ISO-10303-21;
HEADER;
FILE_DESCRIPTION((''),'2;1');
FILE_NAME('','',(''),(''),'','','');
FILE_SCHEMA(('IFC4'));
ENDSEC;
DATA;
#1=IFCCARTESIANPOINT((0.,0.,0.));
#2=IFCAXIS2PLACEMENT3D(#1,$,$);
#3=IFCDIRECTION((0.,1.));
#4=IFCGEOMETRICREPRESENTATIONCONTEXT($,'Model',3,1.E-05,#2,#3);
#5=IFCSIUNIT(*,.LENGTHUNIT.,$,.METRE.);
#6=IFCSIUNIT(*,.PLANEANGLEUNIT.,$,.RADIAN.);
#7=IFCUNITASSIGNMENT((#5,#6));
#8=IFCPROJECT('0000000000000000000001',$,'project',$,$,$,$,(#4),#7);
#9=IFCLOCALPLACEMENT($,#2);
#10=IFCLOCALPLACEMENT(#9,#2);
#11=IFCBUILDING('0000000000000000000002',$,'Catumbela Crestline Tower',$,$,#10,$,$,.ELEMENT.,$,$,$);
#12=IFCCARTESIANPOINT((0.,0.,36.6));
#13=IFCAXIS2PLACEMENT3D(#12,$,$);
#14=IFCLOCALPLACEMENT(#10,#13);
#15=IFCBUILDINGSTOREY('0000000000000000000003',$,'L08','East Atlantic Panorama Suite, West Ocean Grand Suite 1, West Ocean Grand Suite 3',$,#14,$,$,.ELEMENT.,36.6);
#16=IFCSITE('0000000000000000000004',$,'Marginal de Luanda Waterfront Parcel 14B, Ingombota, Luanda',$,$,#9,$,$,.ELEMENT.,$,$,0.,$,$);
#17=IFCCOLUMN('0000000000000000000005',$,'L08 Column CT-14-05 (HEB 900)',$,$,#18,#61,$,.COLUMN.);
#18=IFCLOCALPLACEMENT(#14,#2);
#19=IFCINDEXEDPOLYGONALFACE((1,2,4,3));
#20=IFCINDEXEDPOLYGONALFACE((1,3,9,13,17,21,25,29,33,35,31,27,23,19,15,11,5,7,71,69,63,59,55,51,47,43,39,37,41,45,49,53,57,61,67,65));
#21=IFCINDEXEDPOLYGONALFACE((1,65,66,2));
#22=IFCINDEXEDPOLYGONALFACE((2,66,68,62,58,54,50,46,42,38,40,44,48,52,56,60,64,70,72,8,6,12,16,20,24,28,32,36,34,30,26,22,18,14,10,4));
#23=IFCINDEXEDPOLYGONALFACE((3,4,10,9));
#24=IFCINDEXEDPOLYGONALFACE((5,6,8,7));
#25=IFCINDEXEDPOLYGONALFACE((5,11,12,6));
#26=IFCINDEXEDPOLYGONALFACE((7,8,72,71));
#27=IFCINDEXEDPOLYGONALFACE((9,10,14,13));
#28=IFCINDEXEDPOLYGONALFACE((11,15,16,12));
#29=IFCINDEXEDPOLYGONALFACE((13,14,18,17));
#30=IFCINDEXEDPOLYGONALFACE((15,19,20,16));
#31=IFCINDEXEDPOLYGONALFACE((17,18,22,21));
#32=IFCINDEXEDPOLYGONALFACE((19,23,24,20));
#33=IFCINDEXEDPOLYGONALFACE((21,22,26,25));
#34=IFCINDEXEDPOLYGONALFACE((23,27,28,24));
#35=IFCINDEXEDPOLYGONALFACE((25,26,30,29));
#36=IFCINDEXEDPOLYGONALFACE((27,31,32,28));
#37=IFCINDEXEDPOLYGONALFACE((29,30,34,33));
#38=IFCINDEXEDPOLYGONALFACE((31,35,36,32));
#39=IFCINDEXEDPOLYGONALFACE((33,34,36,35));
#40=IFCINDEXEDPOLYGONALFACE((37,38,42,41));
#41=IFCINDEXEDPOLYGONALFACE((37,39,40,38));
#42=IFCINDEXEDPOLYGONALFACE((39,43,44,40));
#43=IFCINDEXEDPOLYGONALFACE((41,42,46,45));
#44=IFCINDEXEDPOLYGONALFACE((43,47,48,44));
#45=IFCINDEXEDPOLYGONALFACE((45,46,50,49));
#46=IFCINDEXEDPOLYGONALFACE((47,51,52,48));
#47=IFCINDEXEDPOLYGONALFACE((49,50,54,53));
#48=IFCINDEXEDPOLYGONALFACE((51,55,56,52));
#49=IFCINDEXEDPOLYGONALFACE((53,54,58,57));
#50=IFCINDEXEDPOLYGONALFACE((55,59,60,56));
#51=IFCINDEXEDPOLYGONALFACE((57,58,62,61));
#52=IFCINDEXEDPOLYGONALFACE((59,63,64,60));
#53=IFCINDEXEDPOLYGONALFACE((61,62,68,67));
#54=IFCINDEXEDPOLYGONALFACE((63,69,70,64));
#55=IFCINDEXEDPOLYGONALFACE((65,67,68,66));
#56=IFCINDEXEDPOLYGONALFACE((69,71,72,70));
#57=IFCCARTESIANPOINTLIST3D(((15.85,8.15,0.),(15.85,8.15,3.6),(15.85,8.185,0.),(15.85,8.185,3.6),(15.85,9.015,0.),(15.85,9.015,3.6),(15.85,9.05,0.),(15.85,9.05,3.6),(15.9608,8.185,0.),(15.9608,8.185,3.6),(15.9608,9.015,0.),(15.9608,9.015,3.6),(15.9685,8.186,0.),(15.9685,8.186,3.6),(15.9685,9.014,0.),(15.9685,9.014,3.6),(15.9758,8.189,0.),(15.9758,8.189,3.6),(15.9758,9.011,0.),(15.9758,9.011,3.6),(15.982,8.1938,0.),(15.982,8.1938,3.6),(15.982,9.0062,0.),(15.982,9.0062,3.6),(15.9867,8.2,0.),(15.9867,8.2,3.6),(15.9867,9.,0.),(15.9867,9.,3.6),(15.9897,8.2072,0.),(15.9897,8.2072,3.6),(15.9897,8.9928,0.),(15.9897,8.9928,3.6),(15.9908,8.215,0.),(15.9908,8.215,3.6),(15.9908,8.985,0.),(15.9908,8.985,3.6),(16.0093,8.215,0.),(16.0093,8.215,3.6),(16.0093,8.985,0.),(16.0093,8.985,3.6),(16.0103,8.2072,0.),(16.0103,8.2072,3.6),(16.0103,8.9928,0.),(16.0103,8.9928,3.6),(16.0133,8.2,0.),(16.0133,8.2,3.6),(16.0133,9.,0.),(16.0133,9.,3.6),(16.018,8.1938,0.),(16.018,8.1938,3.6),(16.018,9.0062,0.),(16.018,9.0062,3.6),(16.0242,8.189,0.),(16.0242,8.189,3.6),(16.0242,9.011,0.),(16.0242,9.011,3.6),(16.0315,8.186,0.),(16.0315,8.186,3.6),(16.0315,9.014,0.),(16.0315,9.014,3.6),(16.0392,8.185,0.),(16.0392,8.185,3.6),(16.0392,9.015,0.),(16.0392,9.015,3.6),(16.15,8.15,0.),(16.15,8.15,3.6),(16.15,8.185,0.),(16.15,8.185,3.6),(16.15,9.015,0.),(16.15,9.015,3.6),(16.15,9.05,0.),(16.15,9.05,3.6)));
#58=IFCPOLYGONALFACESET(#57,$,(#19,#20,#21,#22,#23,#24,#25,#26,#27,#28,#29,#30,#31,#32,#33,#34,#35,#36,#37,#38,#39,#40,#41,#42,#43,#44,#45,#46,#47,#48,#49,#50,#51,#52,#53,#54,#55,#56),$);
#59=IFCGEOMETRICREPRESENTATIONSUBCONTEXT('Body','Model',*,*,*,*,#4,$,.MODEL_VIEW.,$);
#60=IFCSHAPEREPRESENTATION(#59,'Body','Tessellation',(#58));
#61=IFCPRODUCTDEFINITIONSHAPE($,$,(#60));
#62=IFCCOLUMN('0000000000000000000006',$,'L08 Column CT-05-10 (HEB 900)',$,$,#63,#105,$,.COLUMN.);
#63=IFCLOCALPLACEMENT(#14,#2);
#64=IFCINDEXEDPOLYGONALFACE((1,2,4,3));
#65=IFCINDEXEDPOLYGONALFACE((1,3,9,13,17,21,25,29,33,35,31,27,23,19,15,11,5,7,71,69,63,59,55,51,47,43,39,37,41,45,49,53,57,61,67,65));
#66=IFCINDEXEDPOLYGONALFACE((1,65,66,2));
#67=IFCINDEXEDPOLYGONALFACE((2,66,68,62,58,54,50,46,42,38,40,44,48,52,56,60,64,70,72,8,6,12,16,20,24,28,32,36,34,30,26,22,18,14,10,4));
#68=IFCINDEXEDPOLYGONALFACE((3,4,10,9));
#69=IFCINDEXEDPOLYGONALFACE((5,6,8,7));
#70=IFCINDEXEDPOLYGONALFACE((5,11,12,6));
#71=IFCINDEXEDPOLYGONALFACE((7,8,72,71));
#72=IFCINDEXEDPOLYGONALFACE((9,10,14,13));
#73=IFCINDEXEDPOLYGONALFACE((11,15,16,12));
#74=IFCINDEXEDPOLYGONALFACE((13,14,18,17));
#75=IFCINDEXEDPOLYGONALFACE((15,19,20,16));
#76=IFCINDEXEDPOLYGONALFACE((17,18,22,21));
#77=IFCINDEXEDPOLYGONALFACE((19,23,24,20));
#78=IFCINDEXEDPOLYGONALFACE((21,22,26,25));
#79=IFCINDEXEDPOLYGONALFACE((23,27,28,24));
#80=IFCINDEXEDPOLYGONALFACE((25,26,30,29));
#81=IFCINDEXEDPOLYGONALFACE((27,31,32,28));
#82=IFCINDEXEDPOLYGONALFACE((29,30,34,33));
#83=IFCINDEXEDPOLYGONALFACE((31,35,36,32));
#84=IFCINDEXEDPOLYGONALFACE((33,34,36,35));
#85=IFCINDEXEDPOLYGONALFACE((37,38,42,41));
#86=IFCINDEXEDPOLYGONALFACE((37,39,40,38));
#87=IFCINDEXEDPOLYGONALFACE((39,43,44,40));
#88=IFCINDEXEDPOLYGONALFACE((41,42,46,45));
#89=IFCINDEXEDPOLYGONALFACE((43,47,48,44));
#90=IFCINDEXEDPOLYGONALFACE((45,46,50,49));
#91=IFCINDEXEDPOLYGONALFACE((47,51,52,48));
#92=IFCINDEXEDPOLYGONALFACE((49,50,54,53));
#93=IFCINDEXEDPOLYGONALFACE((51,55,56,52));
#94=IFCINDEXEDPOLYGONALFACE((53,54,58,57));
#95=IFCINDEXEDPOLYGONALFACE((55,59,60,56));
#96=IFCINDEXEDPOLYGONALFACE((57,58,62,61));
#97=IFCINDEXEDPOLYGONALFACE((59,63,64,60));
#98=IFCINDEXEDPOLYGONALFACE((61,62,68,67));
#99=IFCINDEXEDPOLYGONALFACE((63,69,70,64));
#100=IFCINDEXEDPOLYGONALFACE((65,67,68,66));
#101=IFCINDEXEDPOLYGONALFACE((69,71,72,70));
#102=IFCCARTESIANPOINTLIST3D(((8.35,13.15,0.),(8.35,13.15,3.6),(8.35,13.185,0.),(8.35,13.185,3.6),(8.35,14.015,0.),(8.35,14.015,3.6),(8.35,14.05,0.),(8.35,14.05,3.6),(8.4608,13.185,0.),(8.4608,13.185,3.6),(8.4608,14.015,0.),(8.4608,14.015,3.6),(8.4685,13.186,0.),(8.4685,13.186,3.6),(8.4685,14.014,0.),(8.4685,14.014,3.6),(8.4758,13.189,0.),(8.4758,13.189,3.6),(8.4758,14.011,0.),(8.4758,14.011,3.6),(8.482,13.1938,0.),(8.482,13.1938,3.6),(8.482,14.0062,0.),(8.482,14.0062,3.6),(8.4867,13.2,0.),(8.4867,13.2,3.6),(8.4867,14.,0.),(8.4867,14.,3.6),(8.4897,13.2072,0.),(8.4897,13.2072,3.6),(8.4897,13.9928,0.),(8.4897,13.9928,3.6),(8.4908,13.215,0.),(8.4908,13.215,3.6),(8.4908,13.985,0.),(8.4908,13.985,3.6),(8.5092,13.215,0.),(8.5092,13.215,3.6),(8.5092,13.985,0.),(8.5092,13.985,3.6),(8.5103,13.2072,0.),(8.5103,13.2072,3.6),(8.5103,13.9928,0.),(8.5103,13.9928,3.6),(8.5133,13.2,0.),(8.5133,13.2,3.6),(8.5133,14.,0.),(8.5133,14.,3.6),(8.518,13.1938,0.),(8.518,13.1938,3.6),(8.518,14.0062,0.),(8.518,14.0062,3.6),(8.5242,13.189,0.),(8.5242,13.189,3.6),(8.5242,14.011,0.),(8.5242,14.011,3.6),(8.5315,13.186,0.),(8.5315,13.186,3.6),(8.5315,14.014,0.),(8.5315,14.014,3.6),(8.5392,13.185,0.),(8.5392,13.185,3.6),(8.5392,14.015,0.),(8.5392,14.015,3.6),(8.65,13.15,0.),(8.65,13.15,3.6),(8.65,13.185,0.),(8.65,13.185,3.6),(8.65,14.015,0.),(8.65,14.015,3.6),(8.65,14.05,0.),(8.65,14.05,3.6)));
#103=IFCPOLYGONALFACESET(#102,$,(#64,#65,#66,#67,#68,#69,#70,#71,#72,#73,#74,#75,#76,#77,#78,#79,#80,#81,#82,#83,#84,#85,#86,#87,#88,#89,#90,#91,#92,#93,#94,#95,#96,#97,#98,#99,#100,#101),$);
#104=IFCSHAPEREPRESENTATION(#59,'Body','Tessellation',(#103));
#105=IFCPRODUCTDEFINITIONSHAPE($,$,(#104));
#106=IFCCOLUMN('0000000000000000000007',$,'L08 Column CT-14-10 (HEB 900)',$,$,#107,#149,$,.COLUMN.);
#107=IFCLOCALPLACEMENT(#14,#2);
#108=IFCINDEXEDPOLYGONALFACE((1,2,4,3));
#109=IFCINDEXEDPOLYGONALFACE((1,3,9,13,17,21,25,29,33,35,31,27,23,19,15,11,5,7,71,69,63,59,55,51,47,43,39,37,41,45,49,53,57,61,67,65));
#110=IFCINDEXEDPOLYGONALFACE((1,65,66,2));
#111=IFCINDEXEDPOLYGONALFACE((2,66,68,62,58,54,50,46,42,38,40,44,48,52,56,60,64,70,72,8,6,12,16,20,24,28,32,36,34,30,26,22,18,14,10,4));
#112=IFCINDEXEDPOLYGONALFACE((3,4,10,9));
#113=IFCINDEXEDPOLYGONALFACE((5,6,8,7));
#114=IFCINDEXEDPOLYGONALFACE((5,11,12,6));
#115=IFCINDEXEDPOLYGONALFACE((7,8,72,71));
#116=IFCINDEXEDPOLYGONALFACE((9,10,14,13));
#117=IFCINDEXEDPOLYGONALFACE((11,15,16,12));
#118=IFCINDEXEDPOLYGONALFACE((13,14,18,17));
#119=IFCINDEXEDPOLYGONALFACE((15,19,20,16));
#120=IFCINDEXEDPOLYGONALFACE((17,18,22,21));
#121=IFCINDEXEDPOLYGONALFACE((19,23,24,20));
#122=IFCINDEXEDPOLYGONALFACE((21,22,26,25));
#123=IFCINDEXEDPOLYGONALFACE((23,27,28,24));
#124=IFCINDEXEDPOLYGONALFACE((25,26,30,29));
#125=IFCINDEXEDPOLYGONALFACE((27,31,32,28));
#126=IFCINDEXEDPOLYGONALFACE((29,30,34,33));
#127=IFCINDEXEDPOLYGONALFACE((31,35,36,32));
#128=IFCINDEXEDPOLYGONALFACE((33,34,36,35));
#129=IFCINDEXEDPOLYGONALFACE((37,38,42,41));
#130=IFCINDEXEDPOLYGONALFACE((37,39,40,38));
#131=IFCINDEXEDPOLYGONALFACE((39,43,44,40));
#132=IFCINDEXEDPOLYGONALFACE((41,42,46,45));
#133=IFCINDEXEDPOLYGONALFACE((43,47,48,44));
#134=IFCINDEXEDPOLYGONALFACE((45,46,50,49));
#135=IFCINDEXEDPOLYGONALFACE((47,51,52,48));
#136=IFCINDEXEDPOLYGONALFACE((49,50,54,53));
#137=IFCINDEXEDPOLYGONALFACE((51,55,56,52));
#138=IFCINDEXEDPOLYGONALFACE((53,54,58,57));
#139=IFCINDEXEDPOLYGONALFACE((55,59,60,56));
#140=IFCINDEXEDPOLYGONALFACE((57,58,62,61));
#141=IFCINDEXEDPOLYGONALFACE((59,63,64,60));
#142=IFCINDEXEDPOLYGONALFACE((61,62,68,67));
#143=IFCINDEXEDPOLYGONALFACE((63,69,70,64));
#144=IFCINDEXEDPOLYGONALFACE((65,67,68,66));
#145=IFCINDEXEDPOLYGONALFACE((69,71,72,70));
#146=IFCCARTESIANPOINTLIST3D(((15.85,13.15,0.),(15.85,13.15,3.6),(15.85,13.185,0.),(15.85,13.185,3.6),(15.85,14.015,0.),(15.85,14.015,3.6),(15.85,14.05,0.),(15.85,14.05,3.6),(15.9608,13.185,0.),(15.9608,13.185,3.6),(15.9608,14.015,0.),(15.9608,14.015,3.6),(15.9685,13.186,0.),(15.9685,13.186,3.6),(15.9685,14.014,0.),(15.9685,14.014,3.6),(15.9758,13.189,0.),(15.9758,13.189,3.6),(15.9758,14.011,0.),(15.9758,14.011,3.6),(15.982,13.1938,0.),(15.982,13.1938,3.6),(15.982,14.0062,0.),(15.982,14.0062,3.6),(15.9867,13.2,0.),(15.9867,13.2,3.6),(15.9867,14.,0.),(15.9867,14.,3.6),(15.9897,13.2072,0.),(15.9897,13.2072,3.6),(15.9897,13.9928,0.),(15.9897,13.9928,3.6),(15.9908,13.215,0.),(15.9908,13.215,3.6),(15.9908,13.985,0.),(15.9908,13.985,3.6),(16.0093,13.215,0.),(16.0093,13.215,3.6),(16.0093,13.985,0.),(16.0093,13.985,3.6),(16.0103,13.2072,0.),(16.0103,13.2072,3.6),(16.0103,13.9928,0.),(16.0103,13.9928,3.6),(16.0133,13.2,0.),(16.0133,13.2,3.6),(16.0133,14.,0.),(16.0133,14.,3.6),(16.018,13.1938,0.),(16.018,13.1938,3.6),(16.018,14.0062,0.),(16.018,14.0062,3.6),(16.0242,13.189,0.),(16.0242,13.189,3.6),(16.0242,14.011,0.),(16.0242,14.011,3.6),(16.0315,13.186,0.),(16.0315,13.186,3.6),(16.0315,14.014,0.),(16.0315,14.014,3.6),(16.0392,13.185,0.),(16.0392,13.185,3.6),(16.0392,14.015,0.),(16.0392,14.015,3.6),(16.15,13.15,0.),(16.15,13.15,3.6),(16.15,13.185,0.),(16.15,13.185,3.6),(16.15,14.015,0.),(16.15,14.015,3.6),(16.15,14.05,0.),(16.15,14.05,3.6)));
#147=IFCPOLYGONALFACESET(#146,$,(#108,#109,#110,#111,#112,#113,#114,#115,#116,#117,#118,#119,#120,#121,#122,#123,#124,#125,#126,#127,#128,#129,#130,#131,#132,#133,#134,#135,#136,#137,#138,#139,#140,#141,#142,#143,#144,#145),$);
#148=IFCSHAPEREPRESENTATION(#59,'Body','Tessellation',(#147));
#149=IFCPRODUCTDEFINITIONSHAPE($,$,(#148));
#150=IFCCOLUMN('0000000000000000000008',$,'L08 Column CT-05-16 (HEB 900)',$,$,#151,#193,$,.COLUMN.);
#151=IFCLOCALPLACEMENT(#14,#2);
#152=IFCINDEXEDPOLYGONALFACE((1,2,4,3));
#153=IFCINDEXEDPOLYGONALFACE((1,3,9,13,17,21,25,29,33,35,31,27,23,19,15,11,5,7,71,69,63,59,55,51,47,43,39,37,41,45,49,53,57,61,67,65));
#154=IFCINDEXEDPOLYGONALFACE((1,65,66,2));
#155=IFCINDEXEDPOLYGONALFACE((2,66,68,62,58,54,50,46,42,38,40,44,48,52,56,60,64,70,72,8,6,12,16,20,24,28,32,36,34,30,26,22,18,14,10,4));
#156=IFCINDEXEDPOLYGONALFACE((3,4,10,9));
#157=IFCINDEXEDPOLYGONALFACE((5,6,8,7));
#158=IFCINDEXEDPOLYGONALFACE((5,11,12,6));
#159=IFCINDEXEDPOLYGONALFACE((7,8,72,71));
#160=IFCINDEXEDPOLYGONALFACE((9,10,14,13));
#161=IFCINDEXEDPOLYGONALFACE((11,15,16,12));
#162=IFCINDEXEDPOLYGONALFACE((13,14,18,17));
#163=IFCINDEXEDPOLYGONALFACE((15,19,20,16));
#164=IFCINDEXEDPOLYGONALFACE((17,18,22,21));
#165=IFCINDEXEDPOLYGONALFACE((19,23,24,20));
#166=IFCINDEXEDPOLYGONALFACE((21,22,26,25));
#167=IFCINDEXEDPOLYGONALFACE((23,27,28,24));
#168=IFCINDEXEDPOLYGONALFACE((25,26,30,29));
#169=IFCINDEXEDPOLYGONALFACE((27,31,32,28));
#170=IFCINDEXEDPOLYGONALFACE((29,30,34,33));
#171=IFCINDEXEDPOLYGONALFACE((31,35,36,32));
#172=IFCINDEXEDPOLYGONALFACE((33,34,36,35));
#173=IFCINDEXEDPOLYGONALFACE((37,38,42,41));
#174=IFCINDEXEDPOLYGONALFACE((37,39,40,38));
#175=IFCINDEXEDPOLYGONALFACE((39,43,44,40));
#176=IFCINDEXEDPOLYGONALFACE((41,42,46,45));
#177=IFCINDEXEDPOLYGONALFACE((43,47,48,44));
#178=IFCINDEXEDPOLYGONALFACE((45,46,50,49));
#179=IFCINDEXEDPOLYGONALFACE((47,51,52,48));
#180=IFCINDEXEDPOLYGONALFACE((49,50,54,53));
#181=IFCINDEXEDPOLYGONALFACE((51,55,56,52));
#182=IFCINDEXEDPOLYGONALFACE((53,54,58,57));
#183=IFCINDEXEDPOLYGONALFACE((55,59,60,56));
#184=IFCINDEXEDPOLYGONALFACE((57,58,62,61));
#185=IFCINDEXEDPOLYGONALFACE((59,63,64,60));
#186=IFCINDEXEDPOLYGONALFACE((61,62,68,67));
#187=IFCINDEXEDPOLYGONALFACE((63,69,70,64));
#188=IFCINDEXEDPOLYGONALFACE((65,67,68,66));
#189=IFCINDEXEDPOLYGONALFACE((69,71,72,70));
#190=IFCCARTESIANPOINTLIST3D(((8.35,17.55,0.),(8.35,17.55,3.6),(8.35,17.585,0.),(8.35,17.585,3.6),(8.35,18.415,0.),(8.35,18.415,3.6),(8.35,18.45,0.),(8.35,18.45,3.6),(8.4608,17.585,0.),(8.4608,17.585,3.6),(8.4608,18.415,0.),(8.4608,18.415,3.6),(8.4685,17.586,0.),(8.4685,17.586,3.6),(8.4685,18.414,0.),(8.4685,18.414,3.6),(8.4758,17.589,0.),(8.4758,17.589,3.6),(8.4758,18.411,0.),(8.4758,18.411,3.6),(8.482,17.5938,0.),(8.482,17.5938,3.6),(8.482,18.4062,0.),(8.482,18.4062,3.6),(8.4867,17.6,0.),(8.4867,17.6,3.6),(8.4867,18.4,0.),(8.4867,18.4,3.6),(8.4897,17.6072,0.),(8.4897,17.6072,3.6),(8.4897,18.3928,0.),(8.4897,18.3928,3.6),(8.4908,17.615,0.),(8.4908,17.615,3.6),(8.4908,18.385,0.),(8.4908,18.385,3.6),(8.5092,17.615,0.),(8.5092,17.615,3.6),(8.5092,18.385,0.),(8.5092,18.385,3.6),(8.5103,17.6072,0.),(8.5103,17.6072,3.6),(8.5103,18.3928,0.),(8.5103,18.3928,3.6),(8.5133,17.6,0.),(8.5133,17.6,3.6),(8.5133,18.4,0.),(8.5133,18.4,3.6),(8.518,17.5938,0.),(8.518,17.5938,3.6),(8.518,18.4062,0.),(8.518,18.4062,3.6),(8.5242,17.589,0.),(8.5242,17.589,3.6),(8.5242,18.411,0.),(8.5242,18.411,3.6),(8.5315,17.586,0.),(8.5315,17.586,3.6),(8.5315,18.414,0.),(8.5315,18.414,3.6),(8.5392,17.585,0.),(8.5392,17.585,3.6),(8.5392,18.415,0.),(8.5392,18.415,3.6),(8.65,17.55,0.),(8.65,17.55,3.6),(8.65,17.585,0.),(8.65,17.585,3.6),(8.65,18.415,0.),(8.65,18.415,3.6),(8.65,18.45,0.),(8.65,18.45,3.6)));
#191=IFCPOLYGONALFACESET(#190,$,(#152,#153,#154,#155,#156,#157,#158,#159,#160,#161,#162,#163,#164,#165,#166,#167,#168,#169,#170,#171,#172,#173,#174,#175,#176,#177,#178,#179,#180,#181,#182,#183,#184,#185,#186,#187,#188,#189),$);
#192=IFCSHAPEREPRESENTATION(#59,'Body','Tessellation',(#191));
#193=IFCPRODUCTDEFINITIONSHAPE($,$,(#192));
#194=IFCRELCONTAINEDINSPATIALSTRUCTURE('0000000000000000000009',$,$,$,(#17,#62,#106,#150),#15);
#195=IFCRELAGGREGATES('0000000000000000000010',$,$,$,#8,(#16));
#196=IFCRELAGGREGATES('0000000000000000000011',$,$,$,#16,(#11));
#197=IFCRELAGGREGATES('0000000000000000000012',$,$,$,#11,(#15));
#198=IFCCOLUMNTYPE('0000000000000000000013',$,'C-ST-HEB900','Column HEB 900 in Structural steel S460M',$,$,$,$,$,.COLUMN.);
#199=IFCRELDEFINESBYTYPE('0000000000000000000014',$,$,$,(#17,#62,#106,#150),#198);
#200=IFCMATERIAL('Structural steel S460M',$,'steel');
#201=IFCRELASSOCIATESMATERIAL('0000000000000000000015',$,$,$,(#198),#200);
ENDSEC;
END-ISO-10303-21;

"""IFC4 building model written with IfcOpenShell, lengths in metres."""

from ifc_helpers import new_model, si_unit, direction, frame, origin, origin_2d, place, context, subcontext, project, spatial, i_section, extrude, material, material_profile, profile_set, type_object, element, save


model = new_model("IFC4")

# Units and contexts
model_context = context("Model", 3, precision=1e-05, world=origin(), true_north=direction((0.0, 1.0)))
body_context = subcontext(model_context, "Body", "Model", "MODEL_VIEW")
ifc_project = project(units=[si_unit("LENGTHUNIT", "METRE"), si_unit("PLANEANGLEUNIT", "RADIAN")], contexts=[model_context])

# Site, building, storey
site_placement = place(None, origin())
site = spatial("IfcSite", under=ifc_project, at=site_placement, Name="Marginal de Luanda Waterfront Parcel 14B, Ingombota, Luanda", CompositionType="ELEMENT", RefElevation=0.0)
building_placement = place(site_placement, origin())
building = spatial("IfcBuilding", under=site, at=building_placement, Name="Catumbela Crestline Tower", CompositionType="ELEMENT")
storey_placement = place(building_placement, frame((0.0, 0.0, 36.6)))
storey = spatial("IfcBuildingStorey", under=building, at=storey_placement, Name="L08", Description="East Atlantic Panorama Suite, West Ocean Grand Suite 1, West Ocean Grand Suite 3", CompositionType="ELEMENT", Elevation=36.6)

# Columns
ifc_material_1 = material(Name="Structural steel S460M", Category="steel")
ifc_material_profile_1 = material_profile(ifc_material_1, i_section(OverallWidth=0.3, OverallDepth=0.9, WebThickness=0.0185, FlangeThickness=0.035, FilletRadius=0.03, at=origin_2d()), Name="HEB 900")
ifc_profile_set_1 = profile_set([ifc_material_profile_1], Name="Structural steel S460M")
column_type = type_object("IfcColumnType", Name="C-ST-HEB900", Description="Column HEB 900 in Structural steel S460M", PredefinedType="COLUMN", material=ifc_profile_set_1)
for number, where, z_axis, x_axis, name in (
    (1, (16.0, 8.6, 0.0), (0.0, 0.0, 1.0), (1.0, 0.0, 0.0), "L08 Column CT-14-05 (HEB 900)"),
    (2, (8.5, 13.6, 0.0), (0.0, 0.0, 1.0), (1.0, 0.0, 0.0), "L08 Column CT-05-10 (HEB 900)"),
    (3, (16.0, 13.6, 0.0), (0.0, 0.0, 1.0), (1.0, 0.0, 0.0), "L08 Column CT-14-10 (HEB 900)"),
    (4, (8.5, 18.0, 0.0), (0.0, 0.0, 1.0), (1.0, 0.0, 0.0), "L08 Column CT-05-16 (HEB 900)"),
):
    element("IfcColumn", number, at=place(storey_placement, frame(where, z_axis=z_axis, x_axis=x_axis)), inside=storey, type_object=column_type, Name=name, PredefinedType="COLUMN", context=body_context, shape_type="SweptSolid", body=[
        extrude(i_section(OverallWidth=0.3, OverallDepth=0.9, WebThickness=0.0185, FlangeThickness=0.035, FilletRadius=0.03, at=origin_2d()), origin(), (0.0, 0.0, 1.0), 3.6),
    ])

save(model, "model.ifc")
